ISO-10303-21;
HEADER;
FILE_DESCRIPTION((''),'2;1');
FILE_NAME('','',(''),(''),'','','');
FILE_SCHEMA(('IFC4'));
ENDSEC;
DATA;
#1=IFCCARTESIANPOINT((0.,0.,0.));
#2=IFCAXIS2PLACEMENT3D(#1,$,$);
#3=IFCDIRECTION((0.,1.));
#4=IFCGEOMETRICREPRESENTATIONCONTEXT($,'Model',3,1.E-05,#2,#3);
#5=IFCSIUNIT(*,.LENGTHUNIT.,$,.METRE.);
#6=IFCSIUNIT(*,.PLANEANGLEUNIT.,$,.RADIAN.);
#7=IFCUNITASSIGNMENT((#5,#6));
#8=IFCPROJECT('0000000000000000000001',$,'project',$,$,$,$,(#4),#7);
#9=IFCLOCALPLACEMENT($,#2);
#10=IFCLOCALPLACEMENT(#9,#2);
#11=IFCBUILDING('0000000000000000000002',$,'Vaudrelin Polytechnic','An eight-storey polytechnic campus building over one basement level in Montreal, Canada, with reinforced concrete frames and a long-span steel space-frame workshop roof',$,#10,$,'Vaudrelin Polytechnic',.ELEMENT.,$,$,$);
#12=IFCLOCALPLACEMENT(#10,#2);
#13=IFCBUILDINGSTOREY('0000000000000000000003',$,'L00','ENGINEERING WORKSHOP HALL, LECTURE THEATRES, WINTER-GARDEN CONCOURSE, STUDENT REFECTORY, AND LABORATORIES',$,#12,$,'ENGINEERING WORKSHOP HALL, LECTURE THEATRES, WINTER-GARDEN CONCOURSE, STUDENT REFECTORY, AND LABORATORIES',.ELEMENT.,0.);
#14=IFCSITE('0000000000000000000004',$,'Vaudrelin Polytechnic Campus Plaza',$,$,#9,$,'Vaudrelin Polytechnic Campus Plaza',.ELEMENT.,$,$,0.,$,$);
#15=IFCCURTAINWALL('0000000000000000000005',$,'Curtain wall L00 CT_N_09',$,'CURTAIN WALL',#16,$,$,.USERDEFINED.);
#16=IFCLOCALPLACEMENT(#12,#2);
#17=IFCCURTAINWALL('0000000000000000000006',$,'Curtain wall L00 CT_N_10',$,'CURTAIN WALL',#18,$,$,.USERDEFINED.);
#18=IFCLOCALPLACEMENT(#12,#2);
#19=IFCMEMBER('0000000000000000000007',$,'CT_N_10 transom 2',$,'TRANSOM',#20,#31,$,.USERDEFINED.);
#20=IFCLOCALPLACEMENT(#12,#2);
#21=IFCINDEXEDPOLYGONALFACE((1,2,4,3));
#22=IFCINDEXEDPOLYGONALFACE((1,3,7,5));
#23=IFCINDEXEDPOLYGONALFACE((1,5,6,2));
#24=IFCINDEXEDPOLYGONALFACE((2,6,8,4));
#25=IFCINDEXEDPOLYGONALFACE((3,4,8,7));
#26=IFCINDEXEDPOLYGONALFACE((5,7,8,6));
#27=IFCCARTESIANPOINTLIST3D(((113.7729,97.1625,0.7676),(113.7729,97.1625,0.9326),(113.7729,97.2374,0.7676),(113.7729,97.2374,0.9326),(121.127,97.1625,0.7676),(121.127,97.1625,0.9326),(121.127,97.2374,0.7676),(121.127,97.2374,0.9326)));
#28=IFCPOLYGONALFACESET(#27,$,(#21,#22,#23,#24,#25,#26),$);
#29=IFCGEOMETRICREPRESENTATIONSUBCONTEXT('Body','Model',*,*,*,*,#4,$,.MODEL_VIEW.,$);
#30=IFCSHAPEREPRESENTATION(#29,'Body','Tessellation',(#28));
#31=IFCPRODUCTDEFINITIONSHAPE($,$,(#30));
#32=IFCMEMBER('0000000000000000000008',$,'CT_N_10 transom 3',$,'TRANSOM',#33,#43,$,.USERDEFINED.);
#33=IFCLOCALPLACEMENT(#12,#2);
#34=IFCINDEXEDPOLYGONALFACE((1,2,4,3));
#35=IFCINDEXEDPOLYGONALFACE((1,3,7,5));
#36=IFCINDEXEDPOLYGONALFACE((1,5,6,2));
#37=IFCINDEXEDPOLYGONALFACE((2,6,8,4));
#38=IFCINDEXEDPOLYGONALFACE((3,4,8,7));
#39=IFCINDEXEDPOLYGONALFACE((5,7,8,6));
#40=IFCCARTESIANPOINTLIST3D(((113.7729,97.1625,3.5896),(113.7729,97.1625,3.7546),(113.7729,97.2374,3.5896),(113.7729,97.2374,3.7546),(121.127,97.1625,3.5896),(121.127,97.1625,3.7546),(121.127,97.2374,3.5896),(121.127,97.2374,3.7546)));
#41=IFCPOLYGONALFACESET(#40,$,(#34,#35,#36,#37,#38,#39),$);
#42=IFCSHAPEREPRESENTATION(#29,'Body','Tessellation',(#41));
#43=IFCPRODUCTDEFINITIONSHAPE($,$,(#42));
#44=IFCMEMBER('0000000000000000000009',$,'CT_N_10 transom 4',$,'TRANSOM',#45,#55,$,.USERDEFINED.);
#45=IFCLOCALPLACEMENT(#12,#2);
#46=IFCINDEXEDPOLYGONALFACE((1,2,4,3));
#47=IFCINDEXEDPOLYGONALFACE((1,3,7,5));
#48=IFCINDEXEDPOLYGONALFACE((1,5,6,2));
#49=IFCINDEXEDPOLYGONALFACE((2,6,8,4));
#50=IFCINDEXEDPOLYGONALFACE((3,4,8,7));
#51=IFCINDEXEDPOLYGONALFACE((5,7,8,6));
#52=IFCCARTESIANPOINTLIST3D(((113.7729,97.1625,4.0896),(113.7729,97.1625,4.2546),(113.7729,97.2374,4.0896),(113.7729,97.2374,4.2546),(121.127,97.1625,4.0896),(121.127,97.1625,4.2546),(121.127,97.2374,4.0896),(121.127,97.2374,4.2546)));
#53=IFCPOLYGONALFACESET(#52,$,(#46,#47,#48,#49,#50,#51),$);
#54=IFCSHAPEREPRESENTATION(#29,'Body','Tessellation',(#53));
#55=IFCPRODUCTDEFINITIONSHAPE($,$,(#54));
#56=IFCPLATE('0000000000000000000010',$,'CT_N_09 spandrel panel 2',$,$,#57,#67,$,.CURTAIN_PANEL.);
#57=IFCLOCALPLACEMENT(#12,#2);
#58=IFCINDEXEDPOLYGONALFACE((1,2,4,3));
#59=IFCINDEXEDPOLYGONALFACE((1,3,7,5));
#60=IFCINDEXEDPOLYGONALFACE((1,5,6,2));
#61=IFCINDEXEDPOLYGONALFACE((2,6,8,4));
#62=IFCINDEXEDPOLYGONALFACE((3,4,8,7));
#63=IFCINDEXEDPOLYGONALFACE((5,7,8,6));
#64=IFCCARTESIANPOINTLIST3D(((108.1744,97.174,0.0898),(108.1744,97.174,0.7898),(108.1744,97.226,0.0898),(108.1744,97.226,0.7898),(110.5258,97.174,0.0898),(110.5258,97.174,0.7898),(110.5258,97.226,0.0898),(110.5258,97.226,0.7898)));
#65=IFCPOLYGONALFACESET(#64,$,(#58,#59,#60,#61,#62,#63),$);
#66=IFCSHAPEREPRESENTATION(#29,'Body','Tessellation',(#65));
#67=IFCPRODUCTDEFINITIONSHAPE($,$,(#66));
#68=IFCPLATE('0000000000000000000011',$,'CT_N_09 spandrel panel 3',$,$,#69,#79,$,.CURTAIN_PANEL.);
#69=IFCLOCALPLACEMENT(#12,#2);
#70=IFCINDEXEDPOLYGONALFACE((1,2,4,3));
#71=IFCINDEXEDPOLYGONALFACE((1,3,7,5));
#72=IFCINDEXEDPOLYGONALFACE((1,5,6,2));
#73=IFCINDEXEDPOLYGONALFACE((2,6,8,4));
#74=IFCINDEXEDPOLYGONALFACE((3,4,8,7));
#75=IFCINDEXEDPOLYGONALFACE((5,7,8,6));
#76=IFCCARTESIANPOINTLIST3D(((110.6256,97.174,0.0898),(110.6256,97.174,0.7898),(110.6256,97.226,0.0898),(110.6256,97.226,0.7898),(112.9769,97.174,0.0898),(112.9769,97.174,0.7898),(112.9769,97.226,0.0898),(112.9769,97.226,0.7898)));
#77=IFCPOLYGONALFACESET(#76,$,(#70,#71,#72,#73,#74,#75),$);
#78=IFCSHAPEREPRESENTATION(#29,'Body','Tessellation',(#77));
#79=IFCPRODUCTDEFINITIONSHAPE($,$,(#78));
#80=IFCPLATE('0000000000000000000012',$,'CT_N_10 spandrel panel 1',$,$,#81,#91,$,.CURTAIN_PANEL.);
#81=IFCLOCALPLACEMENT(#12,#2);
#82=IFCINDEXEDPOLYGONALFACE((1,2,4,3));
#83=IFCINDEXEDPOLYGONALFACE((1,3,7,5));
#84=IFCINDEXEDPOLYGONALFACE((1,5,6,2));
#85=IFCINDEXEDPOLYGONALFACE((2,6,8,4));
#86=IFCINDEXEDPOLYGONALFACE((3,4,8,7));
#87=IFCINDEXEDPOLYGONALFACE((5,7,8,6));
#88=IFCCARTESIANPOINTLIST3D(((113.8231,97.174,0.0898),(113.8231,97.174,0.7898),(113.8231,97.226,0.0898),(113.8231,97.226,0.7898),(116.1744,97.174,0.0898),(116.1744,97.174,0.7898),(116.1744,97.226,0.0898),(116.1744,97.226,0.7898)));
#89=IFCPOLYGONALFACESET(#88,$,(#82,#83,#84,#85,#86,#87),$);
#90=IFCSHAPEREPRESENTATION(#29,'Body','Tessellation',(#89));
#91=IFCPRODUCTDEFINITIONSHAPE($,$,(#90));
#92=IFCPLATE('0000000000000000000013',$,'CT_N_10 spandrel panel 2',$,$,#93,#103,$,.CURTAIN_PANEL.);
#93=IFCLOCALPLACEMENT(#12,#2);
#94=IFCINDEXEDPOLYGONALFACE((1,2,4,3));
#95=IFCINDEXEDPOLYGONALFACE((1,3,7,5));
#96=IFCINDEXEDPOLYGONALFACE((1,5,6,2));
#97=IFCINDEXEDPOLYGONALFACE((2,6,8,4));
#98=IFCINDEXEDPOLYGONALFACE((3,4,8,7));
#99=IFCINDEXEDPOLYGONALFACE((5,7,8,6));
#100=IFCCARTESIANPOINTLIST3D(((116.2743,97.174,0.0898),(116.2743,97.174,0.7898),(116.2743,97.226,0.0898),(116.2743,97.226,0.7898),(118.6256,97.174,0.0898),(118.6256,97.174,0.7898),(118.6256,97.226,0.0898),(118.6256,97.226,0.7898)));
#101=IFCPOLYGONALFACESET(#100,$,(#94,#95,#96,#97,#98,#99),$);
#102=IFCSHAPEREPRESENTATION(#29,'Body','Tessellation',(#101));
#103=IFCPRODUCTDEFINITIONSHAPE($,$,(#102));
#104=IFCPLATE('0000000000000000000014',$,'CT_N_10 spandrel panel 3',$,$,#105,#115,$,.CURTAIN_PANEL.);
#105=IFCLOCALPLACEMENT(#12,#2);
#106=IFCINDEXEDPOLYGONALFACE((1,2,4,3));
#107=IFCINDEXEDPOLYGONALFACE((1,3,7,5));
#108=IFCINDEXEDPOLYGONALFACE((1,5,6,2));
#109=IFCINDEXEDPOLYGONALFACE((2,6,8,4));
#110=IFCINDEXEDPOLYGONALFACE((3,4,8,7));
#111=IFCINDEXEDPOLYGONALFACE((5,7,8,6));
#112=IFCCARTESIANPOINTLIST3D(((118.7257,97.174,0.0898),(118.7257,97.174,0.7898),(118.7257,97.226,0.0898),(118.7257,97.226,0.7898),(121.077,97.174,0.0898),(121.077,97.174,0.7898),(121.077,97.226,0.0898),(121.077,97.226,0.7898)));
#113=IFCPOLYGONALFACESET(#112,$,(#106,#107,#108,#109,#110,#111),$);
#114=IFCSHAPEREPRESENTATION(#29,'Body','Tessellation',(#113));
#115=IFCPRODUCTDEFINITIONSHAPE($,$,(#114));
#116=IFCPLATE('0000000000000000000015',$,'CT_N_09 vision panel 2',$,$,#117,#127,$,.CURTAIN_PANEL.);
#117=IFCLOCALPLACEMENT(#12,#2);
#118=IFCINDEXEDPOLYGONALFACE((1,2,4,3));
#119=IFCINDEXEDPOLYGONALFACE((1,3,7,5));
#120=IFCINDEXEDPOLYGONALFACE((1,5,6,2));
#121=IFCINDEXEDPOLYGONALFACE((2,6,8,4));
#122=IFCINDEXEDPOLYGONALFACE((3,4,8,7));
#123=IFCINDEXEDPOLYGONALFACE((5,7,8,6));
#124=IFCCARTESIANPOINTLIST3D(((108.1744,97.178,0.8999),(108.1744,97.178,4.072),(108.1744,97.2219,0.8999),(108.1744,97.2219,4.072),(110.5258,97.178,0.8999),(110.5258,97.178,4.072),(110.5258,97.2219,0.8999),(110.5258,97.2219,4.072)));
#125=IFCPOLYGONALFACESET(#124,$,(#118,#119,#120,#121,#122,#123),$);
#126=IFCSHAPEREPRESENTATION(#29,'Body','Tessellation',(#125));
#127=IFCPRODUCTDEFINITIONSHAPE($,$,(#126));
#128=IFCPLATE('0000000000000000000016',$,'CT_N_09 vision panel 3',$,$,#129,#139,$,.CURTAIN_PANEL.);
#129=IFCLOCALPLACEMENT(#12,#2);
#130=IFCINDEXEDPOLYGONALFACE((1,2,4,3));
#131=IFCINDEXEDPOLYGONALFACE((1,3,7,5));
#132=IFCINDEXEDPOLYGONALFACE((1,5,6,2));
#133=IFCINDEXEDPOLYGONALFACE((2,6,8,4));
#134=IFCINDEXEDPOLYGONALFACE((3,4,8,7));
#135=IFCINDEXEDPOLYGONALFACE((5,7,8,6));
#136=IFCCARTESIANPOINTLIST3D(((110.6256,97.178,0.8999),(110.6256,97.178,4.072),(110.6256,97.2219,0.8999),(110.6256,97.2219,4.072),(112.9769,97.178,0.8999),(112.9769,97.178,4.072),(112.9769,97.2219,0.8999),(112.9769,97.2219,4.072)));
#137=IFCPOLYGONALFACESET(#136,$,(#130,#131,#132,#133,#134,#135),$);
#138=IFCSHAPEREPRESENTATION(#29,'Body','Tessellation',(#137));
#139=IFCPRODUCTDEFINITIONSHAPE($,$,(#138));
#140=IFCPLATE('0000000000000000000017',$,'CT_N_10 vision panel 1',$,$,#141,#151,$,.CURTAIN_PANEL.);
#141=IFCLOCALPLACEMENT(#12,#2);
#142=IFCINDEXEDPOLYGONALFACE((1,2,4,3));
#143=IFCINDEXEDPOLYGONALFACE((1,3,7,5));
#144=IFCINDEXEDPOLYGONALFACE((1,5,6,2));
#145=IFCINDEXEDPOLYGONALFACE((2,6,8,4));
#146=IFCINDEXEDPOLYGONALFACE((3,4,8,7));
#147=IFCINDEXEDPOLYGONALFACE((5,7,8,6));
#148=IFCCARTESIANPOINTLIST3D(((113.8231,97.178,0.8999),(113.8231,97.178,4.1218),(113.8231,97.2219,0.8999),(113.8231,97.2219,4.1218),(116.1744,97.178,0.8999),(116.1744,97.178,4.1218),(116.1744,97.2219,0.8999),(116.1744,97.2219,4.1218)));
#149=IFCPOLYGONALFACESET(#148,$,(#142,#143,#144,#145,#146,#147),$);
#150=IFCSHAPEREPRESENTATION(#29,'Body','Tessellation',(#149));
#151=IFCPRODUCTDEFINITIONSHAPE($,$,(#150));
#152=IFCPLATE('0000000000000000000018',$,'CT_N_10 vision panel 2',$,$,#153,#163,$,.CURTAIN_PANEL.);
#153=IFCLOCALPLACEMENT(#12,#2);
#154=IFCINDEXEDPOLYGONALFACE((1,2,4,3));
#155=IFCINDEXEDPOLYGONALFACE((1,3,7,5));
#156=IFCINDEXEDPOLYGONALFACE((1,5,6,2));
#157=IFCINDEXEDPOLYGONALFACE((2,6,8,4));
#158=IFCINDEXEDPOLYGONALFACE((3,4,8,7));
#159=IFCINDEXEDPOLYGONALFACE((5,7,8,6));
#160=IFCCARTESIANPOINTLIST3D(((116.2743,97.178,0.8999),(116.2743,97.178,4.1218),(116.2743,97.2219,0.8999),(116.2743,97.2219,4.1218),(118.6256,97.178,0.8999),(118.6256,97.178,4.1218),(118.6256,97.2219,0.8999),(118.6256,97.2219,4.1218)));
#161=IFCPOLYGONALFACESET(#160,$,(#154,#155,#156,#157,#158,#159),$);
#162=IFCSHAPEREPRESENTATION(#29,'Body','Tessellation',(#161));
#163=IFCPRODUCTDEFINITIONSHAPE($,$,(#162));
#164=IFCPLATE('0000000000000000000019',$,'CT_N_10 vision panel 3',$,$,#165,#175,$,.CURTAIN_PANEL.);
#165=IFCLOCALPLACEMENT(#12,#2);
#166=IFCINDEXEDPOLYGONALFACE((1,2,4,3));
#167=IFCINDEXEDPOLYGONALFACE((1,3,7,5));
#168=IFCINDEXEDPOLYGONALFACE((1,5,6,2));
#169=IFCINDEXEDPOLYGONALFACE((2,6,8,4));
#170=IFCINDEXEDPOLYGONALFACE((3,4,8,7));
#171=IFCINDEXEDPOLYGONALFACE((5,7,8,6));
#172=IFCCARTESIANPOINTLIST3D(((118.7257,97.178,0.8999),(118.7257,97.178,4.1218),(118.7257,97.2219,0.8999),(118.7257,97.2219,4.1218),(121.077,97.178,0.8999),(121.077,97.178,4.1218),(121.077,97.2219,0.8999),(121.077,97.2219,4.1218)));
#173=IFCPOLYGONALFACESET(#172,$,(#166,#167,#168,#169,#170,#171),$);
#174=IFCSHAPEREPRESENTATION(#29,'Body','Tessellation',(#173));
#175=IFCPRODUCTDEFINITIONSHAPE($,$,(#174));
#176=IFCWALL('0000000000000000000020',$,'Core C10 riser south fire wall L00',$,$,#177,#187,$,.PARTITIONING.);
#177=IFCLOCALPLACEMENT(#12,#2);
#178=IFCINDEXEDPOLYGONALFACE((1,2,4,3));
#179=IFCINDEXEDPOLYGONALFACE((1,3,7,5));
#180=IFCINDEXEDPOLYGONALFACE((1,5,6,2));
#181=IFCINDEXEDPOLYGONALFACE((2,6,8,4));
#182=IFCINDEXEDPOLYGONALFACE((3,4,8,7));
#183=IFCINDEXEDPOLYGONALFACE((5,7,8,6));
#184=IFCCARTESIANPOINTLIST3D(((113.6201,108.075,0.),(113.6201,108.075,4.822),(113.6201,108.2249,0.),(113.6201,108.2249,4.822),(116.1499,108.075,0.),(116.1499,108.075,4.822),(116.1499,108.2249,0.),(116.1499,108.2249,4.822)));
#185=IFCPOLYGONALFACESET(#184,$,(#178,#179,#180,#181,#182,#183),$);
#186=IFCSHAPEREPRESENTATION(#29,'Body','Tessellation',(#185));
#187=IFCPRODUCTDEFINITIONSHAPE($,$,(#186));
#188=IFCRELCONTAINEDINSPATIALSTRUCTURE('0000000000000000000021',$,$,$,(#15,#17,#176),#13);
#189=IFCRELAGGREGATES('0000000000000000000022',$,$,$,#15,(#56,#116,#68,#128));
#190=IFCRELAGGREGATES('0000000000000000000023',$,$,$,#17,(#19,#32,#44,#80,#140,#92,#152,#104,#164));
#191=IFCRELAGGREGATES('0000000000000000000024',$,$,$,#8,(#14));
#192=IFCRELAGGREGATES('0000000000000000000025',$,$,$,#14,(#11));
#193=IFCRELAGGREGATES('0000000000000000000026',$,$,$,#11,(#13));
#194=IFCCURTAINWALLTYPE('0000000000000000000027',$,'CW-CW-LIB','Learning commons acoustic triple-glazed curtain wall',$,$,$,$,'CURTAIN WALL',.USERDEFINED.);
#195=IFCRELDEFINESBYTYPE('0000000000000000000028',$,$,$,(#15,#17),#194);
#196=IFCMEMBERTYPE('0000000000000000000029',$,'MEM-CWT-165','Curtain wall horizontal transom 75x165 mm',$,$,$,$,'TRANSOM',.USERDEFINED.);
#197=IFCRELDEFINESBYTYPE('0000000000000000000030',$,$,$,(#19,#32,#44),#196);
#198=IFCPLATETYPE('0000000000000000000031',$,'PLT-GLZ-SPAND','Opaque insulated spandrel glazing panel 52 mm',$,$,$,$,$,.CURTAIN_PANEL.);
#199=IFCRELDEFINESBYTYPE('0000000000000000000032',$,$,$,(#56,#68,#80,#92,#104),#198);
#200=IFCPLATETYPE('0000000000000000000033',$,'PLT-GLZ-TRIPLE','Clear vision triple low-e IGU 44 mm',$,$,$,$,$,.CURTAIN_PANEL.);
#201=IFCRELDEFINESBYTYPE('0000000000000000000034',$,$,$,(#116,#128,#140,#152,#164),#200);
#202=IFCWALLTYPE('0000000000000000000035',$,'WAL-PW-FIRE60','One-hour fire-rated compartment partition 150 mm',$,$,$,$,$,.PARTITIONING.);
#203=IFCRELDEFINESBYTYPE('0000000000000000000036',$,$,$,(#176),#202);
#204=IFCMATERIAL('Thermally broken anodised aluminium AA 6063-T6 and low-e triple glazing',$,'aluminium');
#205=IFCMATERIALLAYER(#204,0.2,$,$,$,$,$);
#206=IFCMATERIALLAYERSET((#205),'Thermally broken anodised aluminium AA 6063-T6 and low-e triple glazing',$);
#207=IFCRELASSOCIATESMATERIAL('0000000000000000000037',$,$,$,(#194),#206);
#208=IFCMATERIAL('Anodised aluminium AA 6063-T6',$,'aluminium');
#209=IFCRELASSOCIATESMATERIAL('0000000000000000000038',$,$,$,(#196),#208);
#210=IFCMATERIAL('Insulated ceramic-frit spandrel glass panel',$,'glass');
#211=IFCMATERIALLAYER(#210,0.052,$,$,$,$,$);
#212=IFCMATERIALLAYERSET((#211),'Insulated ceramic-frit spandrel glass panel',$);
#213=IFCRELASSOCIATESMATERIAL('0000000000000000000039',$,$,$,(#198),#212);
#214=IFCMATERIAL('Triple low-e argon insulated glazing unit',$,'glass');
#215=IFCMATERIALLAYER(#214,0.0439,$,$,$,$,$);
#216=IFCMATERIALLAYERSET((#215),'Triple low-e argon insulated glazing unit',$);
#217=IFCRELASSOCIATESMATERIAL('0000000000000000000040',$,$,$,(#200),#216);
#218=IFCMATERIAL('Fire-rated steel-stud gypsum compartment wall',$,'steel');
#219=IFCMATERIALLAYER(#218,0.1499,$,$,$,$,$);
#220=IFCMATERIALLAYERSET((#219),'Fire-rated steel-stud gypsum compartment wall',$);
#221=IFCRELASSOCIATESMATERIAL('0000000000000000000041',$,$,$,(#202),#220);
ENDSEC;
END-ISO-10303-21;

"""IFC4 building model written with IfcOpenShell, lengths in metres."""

from ifc_helpers import new_model, si_unit, direction, frame, frame_2d, origin, origin_2d, place, context, subcontext, project, spatial, rectangle, extrude, material, layer, layer_set, material_profile, profile_set, type_object, element, aggregate, save


model = new_model("IFC4")

# Units and contexts
model_context = context("Model", 3, precision=1e-05, world=origin(), true_north=direction((0.0, 1.0)))
body_context = subcontext(model_context, "Body", "Model", "MODEL_VIEW")
ifc_project = project(units=[si_unit("LENGTHUNIT", "METRE"), si_unit("PLANEANGLEUNIT", "RADIAN")], contexts=[model_context])

# Site, building, storey
site_placement = place(None, origin())
site = spatial("IfcSite", under=ifc_project, at=site_placement, Name="Vaudrelin Polytechnic Campus Plaza", LongName="Vaudrelin Polytechnic Campus Plaza", CompositionType="ELEMENT", RefElevation=0.0)
building_placement = place(site_placement, origin())
building = spatial("IfcBuilding", under=site, at=building_placement, Name="Vaudrelin Polytechnic", Description="An eight-storey polytechnic campus building over one basement level in Montreal, Canada, with reinforced concrete frames and a long-span steel space-frame workshop roof", LongName="Vaudrelin Polytechnic", CompositionType="ELEMENT")
storey_placement = place(building_placement, origin())
storey = spatial("IfcBuildingStorey", under=building, at=storey_placement, Name="L00", Description="ENGINEERING WORKSHOP HALL, LECTURE THEATRES, WINTER-GARDEN CONCOURSE, STUDENT REFECTORY, AND LABORATORIES", LongName="ENGINEERING WORKSHOP HALL, LECTURE THEATRES, WINTER-GARDEN CONCOURSE, STUDENT REFECTORY, AND LABORATORIES", CompositionType="ELEMENT", Elevation=0.0)

# Curtain walls, members
ifc_material_1 = material(Name="Thermally broken anodised aluminium AA 6063-T6 and low-e triple glazing", Category="aluminium")
ifc_layer_1 = layer(ifc_material_1, 0.2)
ifc_layer_set_1 = layer_set([ifc_layer_1], Name="Thermally broken anodised aluminium AA 6063-T6 and low-e triple glazing")
curtain_wall_type = type_object("IfcCurtainWallType", Name="CW-CW-LIB", Description="Learning commons acoustic triple-glazed curtain wall", ElementType="CURTAIN WALL", PredefinedType="USERDEFINED", material=ifc_layer_set_1)
curtain_wall_1_placement = place(storey_placement, origin())
curtain_wall_1 = element("IfcCurtainWall", 1, at=curtain_wall_1_placement, inside=storey, type_object=curtain_wall_type, Name="Curtain wall L00 CT_N_09", ObjectType="CURTAIN WALL", PredefinedType="USERDEFINED")
ifc_material_2 = material(Name="Anodised aluminium AA 6063-T6", Category="aluminium")
curtain_wall_2_placement = place(storey_placement, origin())
curtain_wall_2 = element("IfcCurtainWall", 2, at=curtain_wall_2_placement, inside=storey, type_object=curtain_wall_type, Name="Curtain wall L00 CT_N_10", ObjectType="CURTAIN WALL", PredefinedType="USERDEFINED")
ifc_material_profile_1 = material_profile(ifc_material_2, rectangle(XDim=0.075, YDim=0.165, at=origin_2d()), Name="CWT-75x165")
ifc_profile_set_1 = profile_set([ifc_material_profile_1], Name="Anodised aluminium AA 6063-T6")
member_type_1 = type_object("IfcMemberType", Name="MEM-CWT-165", Description="Curtain wall horizontal transom 75x165 mm", ElementType="TRANSOM", PredefinedType="USERDEFINED", material=ifc_profile_set_1)
member_1_placement = place(storey_placement, frame((113.7729, 97.2, 0.8501), z_axis=(1.0, 0.0, 0.0), x_axis=(0.0, 1.0, 0.0)))
member_1 = element("IfcMember", 3, at=member_1_placement, type_object=member_type_1, Name="CT_N_10 transom 2", ObjectType="TRANSOM", PredefinedType="USERDEFINED", context=body_context, shape_type="SweptSolid", body=[
    extrude(rectangle(XDim=0.075, YDim=0.165, at=origin_2d()), origin(), (0.0, 0.0, 1.0), 7.354),
])
member_2_placement = place(storey_placement, frame((113.7729, 97.2, 3.6721), z_axis=(1.0, 0.0, 0.0), x_axis=(0.0, 1.0, 0.0)))
member_2 = element("IfcMember", 4, at=member_2_placement, type_object=member_type_1, Name="CT_N_10 transom 3", ObjectType="TRANSOM", PredefinedType="USERDEFINED", context=body_context, shape_type="SweptSolid", body=[
    extrude(rectangle(XDim=0.075, YDim=0.165, at=origin_2d()), origin(), (0.0, 0.0, 1.0), 7.354),
])
member_3_placement = place(storey_placement, frame((113.7729, 97.2, 4.1721), z_axis=(1.0, 0.0, 0.0), x_axis=(0.0, 1.0, 0.0)))
member_3 = element("IfcMember", 5, at=member_3_placement, type_object=member_type_1, Name="CT_N_10 transom 4", ObjectType="TRANSOM", PredefinedType="USERDEFINED", context=body_context, shape_type="SweptSolid", body=[
    extrude(rectangle(XDim=0.075, YDim=0.165, at=origin_2d()), origin(), (0.0, 0.0, 1.0), 7.354),
])

# Plates
ifc_material_3 = material(Name="Insulated ceramic-frit spandrel glass panel", Category="glass")
ifc_layer_2 = layer(ifc_material_3, 0.052)
ifc_layer_set_2 = layer_set([ifc_layer_2], Name="Insulated ceramic-frit spandrel glass panel")
plate_type_1 = type_object("IfcPlateType", Name="PLT-GLZ-SPAND", Description="Opaque insulated spandrel glazing panel 52 mm", PredefinedType="CURTAIN_PANEL", material=ifc_layer_set_2)
plate_1_placement = place(storey_placement, frame((109.3501, 97.2, 0.0898), z_axis=(0.0, 0.0, 1.0), x_axis=(1.0, 0.0, 0.0)))
plate_1 = element("IfcPlate", 6, at=plate_1_placement, type_object=plate_type_1, Name="CT_N_09 spandrel panel 2", PredefinedType="CURTAIN_PANEL", context=body_context, shape_type="SweptSolid", body=[
    extrude(rectangle(XDim=2.3513, YDim=0.052, at=origin_2d()), origin(), (0.0, 0.0, 1.0), 0.7),
])
plate_2_placement = place(storey_placement, frame((111.8013, 97.2, 0.0898), z_axis=(0.0, 0.0, 1.0), x_axis=(1.0, 0.0, 0.0)))
plate_2 = element("IfcPlate", 7, at=plate_2_placement, type_object=plate_type_1, Name="CT_N_09 spandrel panel 3", PredefinedType="CURTAIN_PANEL", context=body_context, shape_type="SweptSolid", body=[
    extrude(rectangle(XDim=2.3513, YDim=0.052, at=origin_2d()), origin(), (0.0, 0.0, 1.0), 0.7),
])
plate_3_placement = place(storey_placement, frame((114.9988, 97.2, 0.0898), z_axis=(0.0, 0.0, 1.0), x_axis=(1.0, 0.0, 0.0)))
plate_3 = element("IfcPlate", 8, at=plate_3_placement, type_object=plate_type_1, Name="CT_N_10 spandrel panel 1", PredefinedType="CURTAIN_PANEL", context=body_context, shape_type="SweptSolid", body=[
    extrude(rectangle(XDim=2.3513, YDim=0.052, at=origin_2d()), origin(), (0.0, 0.0, 1.0), 0.7),
])
plate_4_placement = place(storey_placement, frame((117.45, 97.2, 0.0898), z_axis=(0.0, 0.0, 1.0), x_axis=(1.0, 0.0, 0.0)))
plate_4 = element("IfcPlate", 9, at=plate_4_placement, type_object=plate_type_1, Name="CT_N_10 spandrel panel 2", PredefinedType="CURTAIN_PANEL", context=body_context, shape_type="SweptSolid", body=[
    extrude(rectangle(XDim=2.3513, YDim=0.052, at=origin_2d()), origin(), (0.0, 0.0, 1.0), 0.7),
])
plate_5_placement = place(storey_placement, frame((119.9014, 97.2, 0.0898), z_axis=(0.0, 0.0, 1.0), x_axis=(1.0, 0.0, 0.0)))
plate_5 = element("IfcPlate", 10, at=plate_5_placement, type_object=plate_type_1, Name="CT_N_10 spandrel panel 3", PredefinedType="CURTAIN_PANEL", context=body_context, shape_type="SweptSolid", body=[
    extrude(rectangle(XDim=2.3513, YDim=0.052, at=origin_2d()), origin(), (0.0, 0.0, 1.0), 0.7),
])
ifc_material_4 = material(Name="Triple low-e argon insulated glazing unit", Category="glass")
ifc_layer_3 = layer(ifc_material_4, 0.0439)
ifc_layer_set_3 = layer_set([ifc_layer_3], Name="Triple low-e argon insulated glazing unit")
plate_type_2 = type_object("IfcPlateType", Name="PLT-GLZ-TRIPLE", Description="Clear vision triple low-e IGU 44 mm", PredefinedType="CURTAIN_PANEL", material=ifc_layer_set_3)
plate_6_placement = place(storey_placement, frame((109.3501, 97.2, 0.8999), z_axis=(0.0, 0.0, 1.0), x_axis=(1.0, 0.0, 0.0)))
plate_6 = element("IfcPlate", 11, at=plate_6_placement, type_object=plate_type_2, Name="CT_N_09 vision panel 2", PredefinedType="CURTAIN_PANEL", context=body_context, shape_type="SweptSolid", body=[
    extrude(rectangle(XDim=2.3513, YDim=0.0439, at=origin_2d()), origin(), (0.0, 0.0, 1.0), 3.1721),
])
plate_7_placement = place(storey_placement, frame((111.8013, 97.2, 0.8999), z_axis=(0.0, 0.0, 1.0), x_axis=(1.0, 0.0, 0.0)))
plate_7 = element("IfcPlate", 12, at=plate_7_placement, type_object=plate_type_2, Name="CT_N_09 vision panel 3", PredefinedType="CURTAIN_PANEL", context=body_context, shape_type="SweptSolid", body=[
    extrude(rectangle(XDim=2.3513, YDim=0.0439, at=origin_2d()), origin(), (0.0, 0.0, 1.0), 3.1721),
])
aggregate(curtain_wall_1, [plate_1, plate_6, plate_2, plate_7])
plate_8_placement = place(storey_placement, frame((114.9988, 97.2, 0.8999), z_axis=(0.0, 0.0, 1.0), x_axis=(1.0, 0.0, 0.0)))
plate_8 = element("IfcPlate", 13, at=plate_8_placement, type_object=plate_type_2, Name="CT_N_10 vision panel 1", PredefinedType="CURTAIN_PANEL", context=body_context, shape_type="SweptSolid", body=[
    extrude(rectangle(XDim=2.3513, YDim=0.0439, at=origin_2d()), origin(), (0.0, 0.0, 1.0), 3.2219),
])
plate_9_placement = place(storey_placement, frame((117.45, 97.2, 0.8999), z_axis=(0.0, 0.0, 1.0), x_axis=(1.0, 0.0, 0.0)))
plate_9 = element("IfcPlate", 14, at=plate_9_placement, type_object=plate_type_2, Name="CT_N_10 vision panel 2", PredefinedType="CURTAIN_PANEL", context=body_context, shape_type="SweptSolid", body=[
    extrude(rectangle(XDim=2.3513, YDim=0.0439, at=origin_2d()), origin(), (0.0, 0.0, 1.0), 3.2219),
])
plate_10_placement = place(storey_placement, frame((119.9014, 97.2, 0.8999), z_axis=(0.0, 0.0, 1.0), x_axis=(1.0, 0.0, 0.0)))
plate_10 = element("IfcPlate", 15, at=plate_10_placement, type_object=plate_type_2, Name="CT_N_10 vision panel 3", PredefinedType="CURTAIN_PANEL", context=body_context, shape_type="SweptSolid", body=[
    extrude(rectangle(XDim=2.3513, YDim=0.0439, at=origin_2d()), origin(), (0.0, 0.0, 1.0), 3.2219),
])
aggregate(curtain_wall_2, [member_1, member_2, member_3, plate_3, plate_8, plate_4, plate_9, plate_5, plate_10])

# Wall
ifc_material_5 = material(Name="Fire-rated steel-stud gypsum compartment wall", Category="steel")
ifc_layer_4 = layer(ifc_material_5, 0.1499)
ifc_layer_set_4 = layer_set([ifc_layer_4], Name="Fire-rated steel-stud gypsum compartment wall")
wall_type_1 = type_object("IfcWallType", Name="WAL-PW-FIRE60", Description="One-hour fire-rated compartment partition 150 mm", PredefinedType="PARTITIONING", material=ifc_layer_set_4)
wall_1_placement = place(storey_placement, frame((113.6201, 108.1499, 0.0), z_axis=(0.0, 0.0, 1.0), x_axis=(1.0, 0.0, 0.0)))
element("IfcWall", 16, at=wall_1_placement, inside=storey, type_object=wall_type_1, Name="Core C10 riser south fire wall L00", PredefinedType="PARTITIONING", context=body_context, shape_type="SweptSolid", body=[
    extrude(rectangle(XDim=2.5298, YDim=0.1499, at=frame_2d((1.2649, 0.0))), origin(), (0.0, 0.0, 1.0), 4.822),
])

save(model, "model.ifc")
